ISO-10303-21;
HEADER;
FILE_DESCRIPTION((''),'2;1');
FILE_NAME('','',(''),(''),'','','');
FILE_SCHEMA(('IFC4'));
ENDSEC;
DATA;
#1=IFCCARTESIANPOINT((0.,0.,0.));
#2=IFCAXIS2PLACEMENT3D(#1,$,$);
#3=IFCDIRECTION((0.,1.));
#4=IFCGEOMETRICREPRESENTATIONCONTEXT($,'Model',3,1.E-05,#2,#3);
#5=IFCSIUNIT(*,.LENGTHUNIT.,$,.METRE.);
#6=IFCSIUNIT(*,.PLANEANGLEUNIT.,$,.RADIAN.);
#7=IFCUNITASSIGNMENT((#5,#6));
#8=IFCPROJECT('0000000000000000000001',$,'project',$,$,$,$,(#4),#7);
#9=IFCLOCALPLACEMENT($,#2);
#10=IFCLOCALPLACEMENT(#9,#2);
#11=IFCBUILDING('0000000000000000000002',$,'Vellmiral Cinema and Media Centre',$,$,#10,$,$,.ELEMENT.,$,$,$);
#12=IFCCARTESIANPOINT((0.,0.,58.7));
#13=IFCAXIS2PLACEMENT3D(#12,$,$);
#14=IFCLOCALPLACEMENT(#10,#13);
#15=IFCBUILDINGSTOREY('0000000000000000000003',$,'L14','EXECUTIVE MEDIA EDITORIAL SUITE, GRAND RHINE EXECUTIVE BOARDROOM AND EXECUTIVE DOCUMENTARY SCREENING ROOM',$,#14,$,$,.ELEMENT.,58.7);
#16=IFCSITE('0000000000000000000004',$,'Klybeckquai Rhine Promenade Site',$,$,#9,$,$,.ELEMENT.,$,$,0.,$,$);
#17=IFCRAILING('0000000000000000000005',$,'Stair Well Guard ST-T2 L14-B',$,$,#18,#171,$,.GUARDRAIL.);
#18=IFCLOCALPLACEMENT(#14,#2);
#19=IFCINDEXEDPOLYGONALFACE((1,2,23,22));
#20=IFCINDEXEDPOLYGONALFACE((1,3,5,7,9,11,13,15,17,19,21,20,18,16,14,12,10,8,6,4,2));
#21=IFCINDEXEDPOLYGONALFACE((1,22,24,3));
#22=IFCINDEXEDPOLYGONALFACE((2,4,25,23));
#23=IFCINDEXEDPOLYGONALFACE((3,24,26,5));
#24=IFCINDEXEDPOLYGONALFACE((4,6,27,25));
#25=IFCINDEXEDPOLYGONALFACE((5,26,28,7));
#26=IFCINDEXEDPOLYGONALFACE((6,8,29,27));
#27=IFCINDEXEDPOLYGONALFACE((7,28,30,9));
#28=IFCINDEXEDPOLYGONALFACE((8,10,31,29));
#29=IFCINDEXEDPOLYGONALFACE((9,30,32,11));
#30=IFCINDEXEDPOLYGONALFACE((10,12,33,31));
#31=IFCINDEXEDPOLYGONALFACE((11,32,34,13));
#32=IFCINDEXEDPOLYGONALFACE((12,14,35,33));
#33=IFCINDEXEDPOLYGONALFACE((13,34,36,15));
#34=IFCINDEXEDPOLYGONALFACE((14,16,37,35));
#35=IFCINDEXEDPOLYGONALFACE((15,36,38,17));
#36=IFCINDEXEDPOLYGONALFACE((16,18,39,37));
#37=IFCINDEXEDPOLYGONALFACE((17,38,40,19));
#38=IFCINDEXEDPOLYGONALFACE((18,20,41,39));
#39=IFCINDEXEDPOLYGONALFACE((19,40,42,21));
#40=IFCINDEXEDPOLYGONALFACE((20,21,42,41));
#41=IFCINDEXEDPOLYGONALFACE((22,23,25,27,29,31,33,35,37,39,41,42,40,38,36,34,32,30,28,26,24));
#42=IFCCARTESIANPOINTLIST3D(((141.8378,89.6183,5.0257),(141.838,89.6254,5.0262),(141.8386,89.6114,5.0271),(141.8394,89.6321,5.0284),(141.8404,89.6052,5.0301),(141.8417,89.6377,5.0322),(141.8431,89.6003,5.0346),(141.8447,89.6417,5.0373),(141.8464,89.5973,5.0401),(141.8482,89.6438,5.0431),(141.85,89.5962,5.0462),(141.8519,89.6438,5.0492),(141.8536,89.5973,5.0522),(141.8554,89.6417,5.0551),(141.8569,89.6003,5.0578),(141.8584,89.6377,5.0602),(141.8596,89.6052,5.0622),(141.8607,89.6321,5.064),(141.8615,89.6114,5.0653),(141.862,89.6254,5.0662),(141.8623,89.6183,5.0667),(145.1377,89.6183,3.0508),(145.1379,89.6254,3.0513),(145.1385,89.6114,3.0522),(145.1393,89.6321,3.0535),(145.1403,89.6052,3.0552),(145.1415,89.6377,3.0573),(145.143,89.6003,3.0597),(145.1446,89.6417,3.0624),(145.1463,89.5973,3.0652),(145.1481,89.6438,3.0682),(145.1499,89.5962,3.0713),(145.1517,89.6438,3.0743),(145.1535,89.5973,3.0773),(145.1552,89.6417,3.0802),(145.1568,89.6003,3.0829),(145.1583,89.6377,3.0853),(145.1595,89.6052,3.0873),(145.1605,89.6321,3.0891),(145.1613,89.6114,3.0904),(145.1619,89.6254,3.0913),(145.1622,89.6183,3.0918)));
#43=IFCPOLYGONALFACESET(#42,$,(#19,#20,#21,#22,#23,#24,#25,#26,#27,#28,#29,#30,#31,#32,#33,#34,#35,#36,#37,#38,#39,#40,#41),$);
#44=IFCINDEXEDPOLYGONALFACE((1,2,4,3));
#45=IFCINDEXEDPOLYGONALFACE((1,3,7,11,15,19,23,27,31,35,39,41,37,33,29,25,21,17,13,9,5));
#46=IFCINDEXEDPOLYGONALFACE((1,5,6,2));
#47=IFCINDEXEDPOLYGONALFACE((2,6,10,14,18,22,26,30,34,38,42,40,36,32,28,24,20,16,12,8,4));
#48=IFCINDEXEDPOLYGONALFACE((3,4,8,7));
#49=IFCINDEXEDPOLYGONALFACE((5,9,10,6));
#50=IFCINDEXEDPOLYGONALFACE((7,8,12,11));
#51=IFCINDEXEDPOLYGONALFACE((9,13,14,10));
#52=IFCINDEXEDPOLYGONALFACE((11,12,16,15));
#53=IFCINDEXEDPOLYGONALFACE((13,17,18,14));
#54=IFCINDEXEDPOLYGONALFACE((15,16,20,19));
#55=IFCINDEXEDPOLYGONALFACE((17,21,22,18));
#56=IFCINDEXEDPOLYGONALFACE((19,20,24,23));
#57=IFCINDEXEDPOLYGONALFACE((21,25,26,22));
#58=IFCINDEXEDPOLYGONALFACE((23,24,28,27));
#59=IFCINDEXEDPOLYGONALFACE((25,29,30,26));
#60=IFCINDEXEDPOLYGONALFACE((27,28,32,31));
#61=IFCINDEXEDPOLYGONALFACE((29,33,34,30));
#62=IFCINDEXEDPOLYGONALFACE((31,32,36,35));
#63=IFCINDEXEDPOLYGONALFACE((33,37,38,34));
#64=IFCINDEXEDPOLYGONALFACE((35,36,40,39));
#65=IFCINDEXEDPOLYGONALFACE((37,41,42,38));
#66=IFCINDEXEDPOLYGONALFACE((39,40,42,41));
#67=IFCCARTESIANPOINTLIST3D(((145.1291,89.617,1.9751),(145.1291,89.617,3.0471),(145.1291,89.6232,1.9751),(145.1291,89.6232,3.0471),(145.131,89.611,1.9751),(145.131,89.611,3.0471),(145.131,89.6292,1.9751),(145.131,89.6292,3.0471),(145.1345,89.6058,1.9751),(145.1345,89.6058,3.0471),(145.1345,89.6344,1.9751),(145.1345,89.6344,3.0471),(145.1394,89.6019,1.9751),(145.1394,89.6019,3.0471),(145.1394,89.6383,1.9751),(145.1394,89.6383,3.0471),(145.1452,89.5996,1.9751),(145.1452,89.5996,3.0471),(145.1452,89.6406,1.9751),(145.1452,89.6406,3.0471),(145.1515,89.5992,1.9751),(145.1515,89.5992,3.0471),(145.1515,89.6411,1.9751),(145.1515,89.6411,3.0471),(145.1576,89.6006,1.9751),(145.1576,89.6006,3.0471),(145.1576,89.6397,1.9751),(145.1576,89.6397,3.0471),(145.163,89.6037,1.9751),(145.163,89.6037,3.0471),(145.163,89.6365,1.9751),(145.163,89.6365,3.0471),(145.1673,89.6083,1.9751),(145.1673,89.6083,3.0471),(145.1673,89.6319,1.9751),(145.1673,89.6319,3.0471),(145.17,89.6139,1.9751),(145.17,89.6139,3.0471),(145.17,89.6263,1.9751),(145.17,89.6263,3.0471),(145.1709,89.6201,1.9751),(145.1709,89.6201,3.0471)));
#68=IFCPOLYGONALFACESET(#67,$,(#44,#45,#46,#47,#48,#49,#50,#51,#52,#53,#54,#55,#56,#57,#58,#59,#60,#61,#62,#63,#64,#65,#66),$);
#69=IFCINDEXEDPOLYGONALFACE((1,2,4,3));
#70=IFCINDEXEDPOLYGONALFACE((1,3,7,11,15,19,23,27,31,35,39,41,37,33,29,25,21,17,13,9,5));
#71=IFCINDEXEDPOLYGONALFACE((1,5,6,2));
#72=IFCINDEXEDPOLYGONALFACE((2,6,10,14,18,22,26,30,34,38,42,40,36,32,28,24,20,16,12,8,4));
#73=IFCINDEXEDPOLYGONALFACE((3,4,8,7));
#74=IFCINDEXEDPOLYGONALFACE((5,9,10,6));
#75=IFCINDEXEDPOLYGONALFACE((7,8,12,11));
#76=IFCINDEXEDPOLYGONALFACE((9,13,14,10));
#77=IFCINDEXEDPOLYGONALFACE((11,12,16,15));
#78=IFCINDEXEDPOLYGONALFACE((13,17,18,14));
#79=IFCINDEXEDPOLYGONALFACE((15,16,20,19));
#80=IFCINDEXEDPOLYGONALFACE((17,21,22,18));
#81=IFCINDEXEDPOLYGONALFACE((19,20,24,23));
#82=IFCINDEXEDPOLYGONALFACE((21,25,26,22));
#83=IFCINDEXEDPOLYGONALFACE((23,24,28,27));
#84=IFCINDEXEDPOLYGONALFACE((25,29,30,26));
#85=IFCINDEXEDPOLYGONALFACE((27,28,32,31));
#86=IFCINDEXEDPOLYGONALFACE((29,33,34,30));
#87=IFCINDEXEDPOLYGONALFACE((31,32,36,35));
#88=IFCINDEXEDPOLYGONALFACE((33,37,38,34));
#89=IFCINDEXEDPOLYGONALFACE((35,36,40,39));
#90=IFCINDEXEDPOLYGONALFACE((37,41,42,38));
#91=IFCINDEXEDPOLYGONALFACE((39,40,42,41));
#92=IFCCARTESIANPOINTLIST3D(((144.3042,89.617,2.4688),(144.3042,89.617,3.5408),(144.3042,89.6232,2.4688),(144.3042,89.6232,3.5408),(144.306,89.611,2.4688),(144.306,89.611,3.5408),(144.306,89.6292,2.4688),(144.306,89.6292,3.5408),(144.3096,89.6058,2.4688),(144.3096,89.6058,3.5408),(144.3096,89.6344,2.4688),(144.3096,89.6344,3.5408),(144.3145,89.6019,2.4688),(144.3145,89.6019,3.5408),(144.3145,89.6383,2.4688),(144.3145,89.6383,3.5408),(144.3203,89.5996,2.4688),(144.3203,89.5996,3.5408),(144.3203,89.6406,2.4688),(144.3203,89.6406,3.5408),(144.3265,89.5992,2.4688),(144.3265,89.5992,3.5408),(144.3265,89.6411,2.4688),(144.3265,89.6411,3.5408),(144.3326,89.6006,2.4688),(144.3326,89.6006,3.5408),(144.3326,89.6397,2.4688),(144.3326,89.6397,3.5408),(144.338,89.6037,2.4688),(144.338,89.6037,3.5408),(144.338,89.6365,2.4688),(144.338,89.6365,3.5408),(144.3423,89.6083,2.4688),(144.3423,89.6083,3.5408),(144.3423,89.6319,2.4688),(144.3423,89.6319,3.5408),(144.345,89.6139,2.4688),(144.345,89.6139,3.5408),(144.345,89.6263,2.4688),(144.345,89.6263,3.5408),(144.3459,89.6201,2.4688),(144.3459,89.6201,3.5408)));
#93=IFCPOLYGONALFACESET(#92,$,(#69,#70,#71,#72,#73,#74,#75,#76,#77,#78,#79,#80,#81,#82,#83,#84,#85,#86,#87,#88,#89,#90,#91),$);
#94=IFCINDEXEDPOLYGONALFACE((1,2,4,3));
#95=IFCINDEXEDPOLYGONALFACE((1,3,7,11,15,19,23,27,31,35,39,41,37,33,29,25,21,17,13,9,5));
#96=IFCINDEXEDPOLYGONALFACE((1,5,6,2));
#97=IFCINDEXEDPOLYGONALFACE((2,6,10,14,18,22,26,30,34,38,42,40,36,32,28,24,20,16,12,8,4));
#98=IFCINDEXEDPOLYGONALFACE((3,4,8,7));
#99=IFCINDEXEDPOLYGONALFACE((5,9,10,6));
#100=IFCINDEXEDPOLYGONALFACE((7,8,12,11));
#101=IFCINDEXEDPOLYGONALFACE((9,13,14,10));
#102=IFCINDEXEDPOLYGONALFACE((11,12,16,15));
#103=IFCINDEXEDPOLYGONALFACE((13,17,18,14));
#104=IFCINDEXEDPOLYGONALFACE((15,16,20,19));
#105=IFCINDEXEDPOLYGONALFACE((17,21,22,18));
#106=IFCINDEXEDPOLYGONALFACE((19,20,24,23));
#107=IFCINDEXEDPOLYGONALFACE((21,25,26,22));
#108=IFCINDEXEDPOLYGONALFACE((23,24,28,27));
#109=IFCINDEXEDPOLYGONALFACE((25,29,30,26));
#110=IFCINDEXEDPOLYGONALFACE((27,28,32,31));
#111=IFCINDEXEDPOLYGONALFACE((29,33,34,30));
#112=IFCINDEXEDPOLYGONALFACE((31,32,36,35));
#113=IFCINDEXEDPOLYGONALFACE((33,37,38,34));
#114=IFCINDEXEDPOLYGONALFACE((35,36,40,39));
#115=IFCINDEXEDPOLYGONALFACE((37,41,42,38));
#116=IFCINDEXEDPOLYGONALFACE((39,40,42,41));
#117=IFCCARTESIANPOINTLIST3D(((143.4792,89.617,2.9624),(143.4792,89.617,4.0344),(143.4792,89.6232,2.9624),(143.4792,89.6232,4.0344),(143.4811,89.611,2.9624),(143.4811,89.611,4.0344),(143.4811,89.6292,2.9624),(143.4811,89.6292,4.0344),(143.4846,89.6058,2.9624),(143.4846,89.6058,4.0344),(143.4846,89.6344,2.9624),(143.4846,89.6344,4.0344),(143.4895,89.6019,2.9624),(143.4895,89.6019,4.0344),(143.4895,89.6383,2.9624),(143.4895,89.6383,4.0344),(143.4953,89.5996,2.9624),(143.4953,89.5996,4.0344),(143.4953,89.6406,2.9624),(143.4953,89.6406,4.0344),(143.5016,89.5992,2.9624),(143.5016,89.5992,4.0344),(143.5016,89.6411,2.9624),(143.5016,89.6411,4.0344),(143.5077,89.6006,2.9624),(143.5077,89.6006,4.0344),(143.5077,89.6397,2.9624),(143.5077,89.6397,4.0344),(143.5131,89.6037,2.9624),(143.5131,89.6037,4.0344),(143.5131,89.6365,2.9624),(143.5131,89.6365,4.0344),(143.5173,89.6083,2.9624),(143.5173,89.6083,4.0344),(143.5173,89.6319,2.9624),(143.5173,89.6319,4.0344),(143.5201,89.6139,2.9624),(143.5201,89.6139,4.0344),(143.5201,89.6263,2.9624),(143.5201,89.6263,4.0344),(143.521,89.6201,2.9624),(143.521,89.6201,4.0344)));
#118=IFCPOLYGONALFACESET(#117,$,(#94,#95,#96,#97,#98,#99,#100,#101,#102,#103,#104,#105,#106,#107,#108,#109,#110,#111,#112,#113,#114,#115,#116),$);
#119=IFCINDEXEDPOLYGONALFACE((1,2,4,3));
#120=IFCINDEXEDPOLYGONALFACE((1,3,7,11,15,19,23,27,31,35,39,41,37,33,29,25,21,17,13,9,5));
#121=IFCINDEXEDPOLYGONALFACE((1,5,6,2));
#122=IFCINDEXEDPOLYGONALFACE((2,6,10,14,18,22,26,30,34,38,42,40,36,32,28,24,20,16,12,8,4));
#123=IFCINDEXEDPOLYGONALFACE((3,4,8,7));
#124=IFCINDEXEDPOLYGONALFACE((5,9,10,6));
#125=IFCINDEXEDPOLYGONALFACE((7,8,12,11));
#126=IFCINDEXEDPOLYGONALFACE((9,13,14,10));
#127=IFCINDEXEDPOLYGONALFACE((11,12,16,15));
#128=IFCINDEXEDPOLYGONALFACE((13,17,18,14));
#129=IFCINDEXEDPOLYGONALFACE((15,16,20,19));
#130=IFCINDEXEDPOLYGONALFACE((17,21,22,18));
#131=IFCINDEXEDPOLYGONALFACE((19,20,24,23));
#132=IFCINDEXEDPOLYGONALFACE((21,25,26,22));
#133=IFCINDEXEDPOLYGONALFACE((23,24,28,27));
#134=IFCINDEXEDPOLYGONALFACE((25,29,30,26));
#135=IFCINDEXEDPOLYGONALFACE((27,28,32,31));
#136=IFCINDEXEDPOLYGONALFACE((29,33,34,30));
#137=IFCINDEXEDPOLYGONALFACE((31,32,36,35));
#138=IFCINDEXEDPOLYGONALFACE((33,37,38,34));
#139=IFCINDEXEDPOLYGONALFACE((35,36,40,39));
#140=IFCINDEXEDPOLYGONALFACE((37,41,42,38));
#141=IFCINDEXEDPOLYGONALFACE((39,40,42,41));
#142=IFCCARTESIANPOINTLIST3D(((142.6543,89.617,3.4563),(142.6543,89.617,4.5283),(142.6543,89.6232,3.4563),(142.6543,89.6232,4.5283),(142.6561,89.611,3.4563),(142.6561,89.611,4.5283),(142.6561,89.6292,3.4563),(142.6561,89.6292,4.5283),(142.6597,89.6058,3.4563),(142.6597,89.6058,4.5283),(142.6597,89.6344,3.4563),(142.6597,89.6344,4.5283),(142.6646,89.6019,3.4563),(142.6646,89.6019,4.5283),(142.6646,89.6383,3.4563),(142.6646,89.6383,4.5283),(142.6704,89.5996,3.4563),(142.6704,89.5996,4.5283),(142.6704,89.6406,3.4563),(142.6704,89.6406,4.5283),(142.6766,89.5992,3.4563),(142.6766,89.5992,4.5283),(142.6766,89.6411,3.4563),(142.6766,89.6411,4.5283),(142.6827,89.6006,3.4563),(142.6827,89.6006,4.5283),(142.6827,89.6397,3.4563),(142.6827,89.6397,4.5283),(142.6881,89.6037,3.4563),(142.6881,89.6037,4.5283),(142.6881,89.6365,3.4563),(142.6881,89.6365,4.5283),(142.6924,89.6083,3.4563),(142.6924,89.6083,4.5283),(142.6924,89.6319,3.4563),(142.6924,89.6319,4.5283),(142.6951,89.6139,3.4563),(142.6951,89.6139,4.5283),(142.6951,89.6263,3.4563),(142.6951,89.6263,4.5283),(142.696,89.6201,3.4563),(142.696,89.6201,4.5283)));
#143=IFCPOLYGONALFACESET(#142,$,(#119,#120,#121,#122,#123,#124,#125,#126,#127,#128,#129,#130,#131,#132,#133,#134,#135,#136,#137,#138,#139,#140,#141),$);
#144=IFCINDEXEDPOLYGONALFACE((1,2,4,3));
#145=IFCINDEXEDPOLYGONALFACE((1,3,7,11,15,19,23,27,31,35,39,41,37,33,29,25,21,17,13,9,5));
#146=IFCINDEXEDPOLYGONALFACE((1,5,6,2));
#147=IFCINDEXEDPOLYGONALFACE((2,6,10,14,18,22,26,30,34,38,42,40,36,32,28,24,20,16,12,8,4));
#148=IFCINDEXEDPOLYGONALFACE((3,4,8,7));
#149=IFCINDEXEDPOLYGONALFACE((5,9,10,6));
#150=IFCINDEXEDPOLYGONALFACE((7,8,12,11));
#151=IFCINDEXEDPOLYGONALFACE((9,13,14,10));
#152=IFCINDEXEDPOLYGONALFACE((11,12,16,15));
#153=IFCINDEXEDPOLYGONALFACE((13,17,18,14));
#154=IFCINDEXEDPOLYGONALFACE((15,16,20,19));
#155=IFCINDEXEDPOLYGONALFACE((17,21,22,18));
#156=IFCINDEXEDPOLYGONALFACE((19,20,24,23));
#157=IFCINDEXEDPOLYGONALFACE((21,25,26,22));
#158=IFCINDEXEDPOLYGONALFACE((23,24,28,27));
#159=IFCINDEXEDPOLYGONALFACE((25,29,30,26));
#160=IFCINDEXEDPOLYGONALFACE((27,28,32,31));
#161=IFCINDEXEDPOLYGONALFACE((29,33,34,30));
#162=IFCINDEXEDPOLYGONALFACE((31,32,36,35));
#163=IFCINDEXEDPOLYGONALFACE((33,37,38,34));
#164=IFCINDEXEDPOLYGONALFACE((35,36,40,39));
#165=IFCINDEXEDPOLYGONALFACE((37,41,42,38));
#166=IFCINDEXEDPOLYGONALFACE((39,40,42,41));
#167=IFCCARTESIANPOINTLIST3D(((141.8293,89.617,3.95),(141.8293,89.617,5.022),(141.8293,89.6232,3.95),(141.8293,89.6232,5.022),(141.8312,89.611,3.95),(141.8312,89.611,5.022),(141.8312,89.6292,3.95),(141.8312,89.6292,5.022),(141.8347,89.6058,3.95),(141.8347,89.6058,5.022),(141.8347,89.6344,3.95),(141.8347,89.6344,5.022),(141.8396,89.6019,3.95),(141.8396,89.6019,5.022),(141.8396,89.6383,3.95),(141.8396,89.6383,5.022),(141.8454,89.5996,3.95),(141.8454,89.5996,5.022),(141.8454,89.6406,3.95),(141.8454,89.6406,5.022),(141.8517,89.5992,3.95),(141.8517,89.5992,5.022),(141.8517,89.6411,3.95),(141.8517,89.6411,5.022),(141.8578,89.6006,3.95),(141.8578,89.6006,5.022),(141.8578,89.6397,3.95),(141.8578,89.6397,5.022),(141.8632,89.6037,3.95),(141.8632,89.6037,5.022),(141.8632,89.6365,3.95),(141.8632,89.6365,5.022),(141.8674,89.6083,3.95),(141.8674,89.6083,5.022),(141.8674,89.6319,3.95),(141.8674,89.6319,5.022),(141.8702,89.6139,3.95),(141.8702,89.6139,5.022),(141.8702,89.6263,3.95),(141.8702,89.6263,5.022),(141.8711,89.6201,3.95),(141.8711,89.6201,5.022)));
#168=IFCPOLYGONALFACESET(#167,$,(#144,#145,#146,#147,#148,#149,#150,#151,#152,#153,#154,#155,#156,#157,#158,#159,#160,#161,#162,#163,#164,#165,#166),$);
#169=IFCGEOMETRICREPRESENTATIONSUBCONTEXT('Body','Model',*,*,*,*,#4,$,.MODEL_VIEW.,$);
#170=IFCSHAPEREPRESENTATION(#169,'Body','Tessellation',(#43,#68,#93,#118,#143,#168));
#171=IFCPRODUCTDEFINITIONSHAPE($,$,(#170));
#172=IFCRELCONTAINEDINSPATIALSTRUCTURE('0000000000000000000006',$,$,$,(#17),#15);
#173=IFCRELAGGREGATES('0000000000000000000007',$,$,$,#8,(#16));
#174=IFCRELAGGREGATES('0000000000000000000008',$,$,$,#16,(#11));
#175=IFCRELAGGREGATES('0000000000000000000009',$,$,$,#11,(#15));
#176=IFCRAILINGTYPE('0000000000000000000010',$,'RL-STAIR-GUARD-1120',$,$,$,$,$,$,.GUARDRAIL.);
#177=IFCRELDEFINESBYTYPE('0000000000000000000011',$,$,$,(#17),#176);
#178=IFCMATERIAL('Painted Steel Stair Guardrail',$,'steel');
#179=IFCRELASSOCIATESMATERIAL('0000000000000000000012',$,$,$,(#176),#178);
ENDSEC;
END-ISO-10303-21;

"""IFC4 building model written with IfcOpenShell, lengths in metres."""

from ifc_helpers import new_model, si_unit, direction, frame, origin, origin_2d, place, context, subcontext, project, spatial, circle, extrude, material, type_object, element, save


model = new_model("IFC4")

# Units and contexts
model_context = context("Model", 3, precision=1e-05, world=origin(), true_north=direction((0.0, 1.0)))
body_context = subcontext(model_context, "Body", "Model", "MODEL_VIEW")
ifc_project = project(units=[si_unit("LENGTHUNIT", "METRE"), si_unit("PLANEANGLEUNIT", "RADIAN")], contexts=[model_context])

# Site, building, storey
site_placement = place(None, origin())
site = spatial("IfcSite", under=ifc_project, at=site_placement, Name="Klybeckquai Rhine Promenade Site", CompositionType="ELEMENT", RefElevation=0.0)
building_placement = place(site_placement, origin())
building = spatial("IfcBuilding", under=site, at=building_placement, Name="Vellmiral Cinema and Media Centre", CompositionType="ELEMENT")
storey_placement = place(building_placement, frame((0.0, 0.0, 58.7)))
storey = spatial("IfcBuildingStorey", under=building, at=storey_placement, Name="L14", Description="EXECUTIVE MEDIA EDITORIAL SUITE, GRAND RHINE EXECUTIVE BOARDROOM AND EXECUTIVE DOCUMENTARY SCREENING ROOM", CompositionType="ELEMENT", Elevation=58.7)

# Railing
ifc_material_1 = material(Name="Painted Steel Stair Guardrail", Category="steel")
railing_type_1 = type_object("IfcRailingType", Name="RL-STAIR-GUARD-1120", PredefinedType="GUARDRAIL", material=ifc_material_1)
railing_1_placement = place(storey_placement, frame((145.1499, 89.6201, 1.9751)))
element("IfcRailing", 1, at=railing_1_placement, inside=storey, type_object=railing_type_1, Name="Stair Well Guard ST-T2 L14-B", PredefinedType="GUARDRAIL", context=body_context, shape_type="SweptSolid", body=[
    extrude(circle(Radius=0.0239, at=origin_2d()), frame((0.0, 0.0, 1.0962), z_axis=(-0.858069, 0.0, 0.513534), x_axis=(0.0, -1.0, 0.0)), (0.0, 0.0, 1.0), 3.8457),
    extrude(circle(Radius=0.021, at=origin_2d()), origin(), (0.0, 0.0, 1.0), 1.072),
    extrude(circle(Radius=0.021, at=origin_2d()), frame((-0.825, 0.0, 0.4937)), (0.0, 0.0, 1.0), 1.072),
    extrude(circle(Radius=0.021, at=origin_2d()), frame((-1.6499, 0.0, 0.9873)), (0.0, 0.0, 1.0), 1.072),
    extrude(circle(Radius=0.021, at=origin_2d()), frame((-2.4749, 0.0, 1.4812)), (0.0, 0.0, 1.0), 1.072),
    extrude(circle(Radius=0.021, at=origin_2d()), frame((-3.2998, 0.0, 1.9749)), (0.0, 0.0, 1.0), 1.072),
])

save(model, "model.ifc")
